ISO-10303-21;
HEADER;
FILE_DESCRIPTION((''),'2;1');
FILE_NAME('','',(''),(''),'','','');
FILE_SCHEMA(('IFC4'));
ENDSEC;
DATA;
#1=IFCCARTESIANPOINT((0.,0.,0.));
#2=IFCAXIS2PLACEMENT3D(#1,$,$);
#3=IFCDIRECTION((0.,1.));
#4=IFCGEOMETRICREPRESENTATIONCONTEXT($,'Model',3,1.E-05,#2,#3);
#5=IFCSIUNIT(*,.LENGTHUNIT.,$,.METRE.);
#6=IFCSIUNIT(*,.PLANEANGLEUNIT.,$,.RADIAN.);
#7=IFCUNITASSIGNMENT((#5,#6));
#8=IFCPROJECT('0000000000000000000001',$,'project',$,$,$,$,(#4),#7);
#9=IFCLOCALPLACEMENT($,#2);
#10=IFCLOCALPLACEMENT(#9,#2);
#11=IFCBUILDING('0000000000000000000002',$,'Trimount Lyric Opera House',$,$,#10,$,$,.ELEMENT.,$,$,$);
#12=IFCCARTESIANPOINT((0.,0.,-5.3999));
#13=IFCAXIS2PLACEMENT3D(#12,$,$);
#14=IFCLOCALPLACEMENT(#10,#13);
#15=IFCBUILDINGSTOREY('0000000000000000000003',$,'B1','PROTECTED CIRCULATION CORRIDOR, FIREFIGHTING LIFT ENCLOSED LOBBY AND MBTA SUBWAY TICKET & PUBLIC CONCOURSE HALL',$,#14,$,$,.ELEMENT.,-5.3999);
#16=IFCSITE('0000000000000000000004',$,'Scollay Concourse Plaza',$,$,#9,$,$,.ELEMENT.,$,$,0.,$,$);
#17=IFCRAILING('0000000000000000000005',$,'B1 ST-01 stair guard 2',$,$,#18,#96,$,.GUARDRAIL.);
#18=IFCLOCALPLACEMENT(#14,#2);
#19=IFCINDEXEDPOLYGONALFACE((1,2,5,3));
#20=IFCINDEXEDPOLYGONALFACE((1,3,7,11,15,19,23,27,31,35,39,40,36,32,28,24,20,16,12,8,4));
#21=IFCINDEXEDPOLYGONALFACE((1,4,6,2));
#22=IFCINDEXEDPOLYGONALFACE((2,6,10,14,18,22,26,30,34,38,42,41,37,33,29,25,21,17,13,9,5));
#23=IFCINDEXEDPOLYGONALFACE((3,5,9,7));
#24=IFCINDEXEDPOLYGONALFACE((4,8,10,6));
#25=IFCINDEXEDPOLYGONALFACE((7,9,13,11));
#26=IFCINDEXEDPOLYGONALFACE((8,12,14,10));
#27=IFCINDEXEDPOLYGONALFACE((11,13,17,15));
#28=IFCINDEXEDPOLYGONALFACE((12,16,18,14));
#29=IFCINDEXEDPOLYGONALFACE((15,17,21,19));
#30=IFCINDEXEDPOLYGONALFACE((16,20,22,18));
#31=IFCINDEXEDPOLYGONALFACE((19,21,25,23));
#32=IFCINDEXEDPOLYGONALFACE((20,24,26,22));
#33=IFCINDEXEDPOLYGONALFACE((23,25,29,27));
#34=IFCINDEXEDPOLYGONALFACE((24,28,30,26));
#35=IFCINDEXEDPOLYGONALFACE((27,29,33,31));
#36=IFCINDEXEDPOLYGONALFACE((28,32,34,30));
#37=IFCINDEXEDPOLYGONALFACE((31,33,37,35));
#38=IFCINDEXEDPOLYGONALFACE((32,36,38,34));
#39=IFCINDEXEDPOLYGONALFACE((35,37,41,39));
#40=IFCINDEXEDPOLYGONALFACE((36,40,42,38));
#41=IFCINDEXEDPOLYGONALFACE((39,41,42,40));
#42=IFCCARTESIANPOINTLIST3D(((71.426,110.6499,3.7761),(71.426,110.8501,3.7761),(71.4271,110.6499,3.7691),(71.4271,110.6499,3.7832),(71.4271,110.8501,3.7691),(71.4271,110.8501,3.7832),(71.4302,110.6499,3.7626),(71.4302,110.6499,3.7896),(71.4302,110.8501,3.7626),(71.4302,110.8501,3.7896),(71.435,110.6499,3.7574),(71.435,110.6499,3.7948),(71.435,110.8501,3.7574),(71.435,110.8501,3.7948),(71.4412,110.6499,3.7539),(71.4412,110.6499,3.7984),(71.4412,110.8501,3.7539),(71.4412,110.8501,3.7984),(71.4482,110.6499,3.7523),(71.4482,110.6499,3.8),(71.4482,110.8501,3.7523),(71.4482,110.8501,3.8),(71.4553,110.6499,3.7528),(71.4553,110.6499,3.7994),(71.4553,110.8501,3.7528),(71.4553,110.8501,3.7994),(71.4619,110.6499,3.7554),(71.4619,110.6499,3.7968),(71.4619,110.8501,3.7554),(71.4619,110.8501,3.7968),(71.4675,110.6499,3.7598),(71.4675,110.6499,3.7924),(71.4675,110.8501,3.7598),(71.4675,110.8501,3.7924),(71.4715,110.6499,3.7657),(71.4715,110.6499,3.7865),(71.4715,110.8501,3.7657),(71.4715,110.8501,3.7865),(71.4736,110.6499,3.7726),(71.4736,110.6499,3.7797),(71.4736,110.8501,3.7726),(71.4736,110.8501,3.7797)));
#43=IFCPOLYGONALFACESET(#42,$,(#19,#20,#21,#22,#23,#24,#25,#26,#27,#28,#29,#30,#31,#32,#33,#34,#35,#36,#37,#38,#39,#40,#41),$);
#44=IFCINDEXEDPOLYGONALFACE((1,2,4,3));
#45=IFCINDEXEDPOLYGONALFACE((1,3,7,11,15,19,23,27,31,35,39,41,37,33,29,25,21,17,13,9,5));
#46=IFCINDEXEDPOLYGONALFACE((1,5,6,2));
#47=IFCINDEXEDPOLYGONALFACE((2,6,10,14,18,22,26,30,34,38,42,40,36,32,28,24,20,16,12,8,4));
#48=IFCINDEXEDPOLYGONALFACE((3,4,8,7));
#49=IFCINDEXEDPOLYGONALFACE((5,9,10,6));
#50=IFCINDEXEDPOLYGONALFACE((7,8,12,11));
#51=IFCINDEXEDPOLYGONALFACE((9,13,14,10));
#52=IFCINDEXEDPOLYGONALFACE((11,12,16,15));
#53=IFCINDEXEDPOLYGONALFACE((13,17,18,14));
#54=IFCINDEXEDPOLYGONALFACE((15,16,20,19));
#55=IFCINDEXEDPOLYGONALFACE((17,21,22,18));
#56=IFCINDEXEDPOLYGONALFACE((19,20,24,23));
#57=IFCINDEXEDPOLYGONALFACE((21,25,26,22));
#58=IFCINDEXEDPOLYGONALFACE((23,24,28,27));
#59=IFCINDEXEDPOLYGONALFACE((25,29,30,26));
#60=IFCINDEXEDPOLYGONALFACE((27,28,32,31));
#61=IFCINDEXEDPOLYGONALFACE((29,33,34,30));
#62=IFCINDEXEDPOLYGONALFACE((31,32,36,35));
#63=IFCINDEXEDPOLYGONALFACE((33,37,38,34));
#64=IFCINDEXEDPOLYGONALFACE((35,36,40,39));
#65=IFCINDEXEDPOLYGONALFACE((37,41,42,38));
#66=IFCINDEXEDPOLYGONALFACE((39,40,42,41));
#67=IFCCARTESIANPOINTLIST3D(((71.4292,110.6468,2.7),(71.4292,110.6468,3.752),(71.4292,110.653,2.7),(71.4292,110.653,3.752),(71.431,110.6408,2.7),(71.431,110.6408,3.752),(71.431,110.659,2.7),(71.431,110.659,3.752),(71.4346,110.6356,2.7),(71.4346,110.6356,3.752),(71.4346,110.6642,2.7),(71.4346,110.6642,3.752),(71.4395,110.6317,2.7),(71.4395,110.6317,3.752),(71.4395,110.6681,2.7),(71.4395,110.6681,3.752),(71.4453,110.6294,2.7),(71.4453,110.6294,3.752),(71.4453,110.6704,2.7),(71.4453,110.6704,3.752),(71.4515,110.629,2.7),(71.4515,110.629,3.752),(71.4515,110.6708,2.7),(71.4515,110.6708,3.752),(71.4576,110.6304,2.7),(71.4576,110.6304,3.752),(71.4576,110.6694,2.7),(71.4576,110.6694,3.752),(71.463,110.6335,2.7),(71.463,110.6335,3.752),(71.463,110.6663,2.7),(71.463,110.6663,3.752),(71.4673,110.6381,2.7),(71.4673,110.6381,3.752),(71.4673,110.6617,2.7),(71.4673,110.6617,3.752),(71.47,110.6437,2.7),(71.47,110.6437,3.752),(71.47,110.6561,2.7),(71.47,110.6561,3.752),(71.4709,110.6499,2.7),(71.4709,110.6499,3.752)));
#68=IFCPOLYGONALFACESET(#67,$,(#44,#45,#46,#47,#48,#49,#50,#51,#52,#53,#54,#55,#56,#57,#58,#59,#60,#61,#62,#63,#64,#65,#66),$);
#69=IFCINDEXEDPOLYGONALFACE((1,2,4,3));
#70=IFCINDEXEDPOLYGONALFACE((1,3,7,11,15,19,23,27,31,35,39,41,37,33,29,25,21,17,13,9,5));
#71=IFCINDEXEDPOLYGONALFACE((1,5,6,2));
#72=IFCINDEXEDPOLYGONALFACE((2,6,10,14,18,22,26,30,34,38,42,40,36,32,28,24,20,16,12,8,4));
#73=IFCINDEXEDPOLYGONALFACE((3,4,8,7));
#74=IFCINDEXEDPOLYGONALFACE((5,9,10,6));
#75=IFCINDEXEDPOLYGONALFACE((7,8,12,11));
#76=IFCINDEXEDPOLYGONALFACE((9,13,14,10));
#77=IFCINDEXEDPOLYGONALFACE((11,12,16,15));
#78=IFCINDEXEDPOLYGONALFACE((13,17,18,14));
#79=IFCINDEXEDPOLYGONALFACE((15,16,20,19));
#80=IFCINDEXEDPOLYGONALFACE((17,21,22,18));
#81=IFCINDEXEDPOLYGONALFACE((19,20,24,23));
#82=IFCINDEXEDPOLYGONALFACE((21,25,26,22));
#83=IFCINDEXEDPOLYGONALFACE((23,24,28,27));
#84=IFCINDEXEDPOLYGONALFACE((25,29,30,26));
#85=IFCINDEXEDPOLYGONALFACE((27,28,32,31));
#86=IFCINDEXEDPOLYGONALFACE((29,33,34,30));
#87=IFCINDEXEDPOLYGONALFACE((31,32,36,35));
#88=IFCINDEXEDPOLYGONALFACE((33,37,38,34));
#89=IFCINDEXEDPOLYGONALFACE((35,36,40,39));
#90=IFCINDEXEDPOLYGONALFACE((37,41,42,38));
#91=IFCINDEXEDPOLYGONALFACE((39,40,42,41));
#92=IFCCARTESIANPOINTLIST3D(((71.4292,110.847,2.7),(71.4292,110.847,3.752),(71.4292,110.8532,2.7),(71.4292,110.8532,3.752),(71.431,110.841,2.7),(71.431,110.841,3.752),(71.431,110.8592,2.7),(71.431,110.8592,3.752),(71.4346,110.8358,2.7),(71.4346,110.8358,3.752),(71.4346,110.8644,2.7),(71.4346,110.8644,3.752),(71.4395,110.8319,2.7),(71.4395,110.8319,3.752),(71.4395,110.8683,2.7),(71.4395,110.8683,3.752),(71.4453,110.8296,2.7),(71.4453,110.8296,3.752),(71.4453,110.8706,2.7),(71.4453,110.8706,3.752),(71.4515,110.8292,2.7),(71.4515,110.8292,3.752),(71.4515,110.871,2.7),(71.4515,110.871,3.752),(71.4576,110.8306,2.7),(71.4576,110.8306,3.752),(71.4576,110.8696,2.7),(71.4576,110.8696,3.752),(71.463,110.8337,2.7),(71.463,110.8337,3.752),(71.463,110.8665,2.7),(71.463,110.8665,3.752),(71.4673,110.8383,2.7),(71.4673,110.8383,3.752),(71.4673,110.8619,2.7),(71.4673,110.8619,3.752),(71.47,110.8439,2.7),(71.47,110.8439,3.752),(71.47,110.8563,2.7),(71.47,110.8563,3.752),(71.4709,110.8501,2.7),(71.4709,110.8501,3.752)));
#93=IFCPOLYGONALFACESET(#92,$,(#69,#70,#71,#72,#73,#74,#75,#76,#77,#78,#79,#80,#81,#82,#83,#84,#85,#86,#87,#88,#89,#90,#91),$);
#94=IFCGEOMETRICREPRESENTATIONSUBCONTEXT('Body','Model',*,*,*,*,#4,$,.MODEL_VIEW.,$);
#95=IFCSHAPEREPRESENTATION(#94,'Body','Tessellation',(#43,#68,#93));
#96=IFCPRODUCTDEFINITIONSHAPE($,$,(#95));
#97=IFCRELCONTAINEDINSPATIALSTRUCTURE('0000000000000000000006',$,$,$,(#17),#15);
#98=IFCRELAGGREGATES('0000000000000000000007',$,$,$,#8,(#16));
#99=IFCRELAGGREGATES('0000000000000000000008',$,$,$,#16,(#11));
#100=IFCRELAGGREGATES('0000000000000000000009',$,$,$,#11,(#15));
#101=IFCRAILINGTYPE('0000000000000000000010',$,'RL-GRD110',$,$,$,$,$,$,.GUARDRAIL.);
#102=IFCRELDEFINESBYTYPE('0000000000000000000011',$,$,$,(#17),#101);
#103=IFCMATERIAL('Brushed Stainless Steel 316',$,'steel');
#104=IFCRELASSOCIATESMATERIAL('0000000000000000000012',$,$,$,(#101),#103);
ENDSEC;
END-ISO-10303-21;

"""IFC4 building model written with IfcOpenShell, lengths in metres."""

from ifc_helpers import new_model, si_unit, direction, frame, origin, origin_2d, place, context, subcontext, project, spatial, circle, extrude, material, type_object, element, save


model = new_model("IFC4")

# Units and contexts
model_context = context("Model", 3, precision=1e-05, world=origin(), true_north=direction((0.0, 1.0)))
body_context = subcontext(model_context, "Body", "Model", "MODEL_VIEW")
ifc_project = project(units=[si_unit("LENGTHUNIT", "METRE"), si_unit("PLANEANGLEUNIT", "RADIAN")], contexts=[model_context])

# Site, building, storey
site_placement = place(None, origin())
site = spatial("IfcSite", under=ifc_project, at=site_placement, Name="Scollay Concourse Plaza", CompositionType="ELEMENT", RefElevation=0.0)
building_placement = place(site_placement, origin())
building = spatial("IfcBuilding", under=site, at=building_placement, Name="Trimount Lyric Opera House", CompositionType="ELEMENT")
storey_placement = place(building_placement, frame((0.0, 0.0, -5.3999)))
storey = spatial("IfcBuildingStorey", under=building, at=storey_placement, Name="B1", Description="PROTECTED CIRCULATION CORRIDOR, FIREFIGHTING LIFT ENCLOSED LOBBY AND MBTA SUBWAY TICKET & PUBLIC CONCOURSE HALL", CompositionType="ELEMENT", Elevation=-5.3999)

# Railing
ifc_material_1 = material(Name="Brushed Stainless Steel 316", Category="steel")
railing_type_1 = type_object("IfcRailingType", Name="RL-GRD110", PredefinedType="GUARDRAIL", material=ifc_material_1)
railing_1_placement = place(storey_placement, frame((71.45, 110.6499, 2.7)))
element("IfcRailing", 1, at=railing_1_placement, inside=storey, type_object=railing_type_1, Name="B1 ST-01 stair guard 2", PredefinedType="GUARDRAIL", context=body_context, shape_type="SweptSolid", body=[
    extrude(circle(Radius=0.0239, at=origin_2d()), frame((0.0, 0.0, 1.0762), z_axis=(0.0, 1.0, 0.0), x_axis=(-1.0, 0.0, 0.0)), (0.0, 0.0, 1.0), 0.2002),
    extrude(circle(Radius=0.021, at=origin_2d()), origin(), (0.0, 0.0, 1.0), 1.052),
    extrude(circle(Radius=0.021, at=origin_2d()), frame((0.0, 0.2002, 0.0)), (0.0, 0.0, 1.0), 1.052),
])

save(model, "model.ifc")
